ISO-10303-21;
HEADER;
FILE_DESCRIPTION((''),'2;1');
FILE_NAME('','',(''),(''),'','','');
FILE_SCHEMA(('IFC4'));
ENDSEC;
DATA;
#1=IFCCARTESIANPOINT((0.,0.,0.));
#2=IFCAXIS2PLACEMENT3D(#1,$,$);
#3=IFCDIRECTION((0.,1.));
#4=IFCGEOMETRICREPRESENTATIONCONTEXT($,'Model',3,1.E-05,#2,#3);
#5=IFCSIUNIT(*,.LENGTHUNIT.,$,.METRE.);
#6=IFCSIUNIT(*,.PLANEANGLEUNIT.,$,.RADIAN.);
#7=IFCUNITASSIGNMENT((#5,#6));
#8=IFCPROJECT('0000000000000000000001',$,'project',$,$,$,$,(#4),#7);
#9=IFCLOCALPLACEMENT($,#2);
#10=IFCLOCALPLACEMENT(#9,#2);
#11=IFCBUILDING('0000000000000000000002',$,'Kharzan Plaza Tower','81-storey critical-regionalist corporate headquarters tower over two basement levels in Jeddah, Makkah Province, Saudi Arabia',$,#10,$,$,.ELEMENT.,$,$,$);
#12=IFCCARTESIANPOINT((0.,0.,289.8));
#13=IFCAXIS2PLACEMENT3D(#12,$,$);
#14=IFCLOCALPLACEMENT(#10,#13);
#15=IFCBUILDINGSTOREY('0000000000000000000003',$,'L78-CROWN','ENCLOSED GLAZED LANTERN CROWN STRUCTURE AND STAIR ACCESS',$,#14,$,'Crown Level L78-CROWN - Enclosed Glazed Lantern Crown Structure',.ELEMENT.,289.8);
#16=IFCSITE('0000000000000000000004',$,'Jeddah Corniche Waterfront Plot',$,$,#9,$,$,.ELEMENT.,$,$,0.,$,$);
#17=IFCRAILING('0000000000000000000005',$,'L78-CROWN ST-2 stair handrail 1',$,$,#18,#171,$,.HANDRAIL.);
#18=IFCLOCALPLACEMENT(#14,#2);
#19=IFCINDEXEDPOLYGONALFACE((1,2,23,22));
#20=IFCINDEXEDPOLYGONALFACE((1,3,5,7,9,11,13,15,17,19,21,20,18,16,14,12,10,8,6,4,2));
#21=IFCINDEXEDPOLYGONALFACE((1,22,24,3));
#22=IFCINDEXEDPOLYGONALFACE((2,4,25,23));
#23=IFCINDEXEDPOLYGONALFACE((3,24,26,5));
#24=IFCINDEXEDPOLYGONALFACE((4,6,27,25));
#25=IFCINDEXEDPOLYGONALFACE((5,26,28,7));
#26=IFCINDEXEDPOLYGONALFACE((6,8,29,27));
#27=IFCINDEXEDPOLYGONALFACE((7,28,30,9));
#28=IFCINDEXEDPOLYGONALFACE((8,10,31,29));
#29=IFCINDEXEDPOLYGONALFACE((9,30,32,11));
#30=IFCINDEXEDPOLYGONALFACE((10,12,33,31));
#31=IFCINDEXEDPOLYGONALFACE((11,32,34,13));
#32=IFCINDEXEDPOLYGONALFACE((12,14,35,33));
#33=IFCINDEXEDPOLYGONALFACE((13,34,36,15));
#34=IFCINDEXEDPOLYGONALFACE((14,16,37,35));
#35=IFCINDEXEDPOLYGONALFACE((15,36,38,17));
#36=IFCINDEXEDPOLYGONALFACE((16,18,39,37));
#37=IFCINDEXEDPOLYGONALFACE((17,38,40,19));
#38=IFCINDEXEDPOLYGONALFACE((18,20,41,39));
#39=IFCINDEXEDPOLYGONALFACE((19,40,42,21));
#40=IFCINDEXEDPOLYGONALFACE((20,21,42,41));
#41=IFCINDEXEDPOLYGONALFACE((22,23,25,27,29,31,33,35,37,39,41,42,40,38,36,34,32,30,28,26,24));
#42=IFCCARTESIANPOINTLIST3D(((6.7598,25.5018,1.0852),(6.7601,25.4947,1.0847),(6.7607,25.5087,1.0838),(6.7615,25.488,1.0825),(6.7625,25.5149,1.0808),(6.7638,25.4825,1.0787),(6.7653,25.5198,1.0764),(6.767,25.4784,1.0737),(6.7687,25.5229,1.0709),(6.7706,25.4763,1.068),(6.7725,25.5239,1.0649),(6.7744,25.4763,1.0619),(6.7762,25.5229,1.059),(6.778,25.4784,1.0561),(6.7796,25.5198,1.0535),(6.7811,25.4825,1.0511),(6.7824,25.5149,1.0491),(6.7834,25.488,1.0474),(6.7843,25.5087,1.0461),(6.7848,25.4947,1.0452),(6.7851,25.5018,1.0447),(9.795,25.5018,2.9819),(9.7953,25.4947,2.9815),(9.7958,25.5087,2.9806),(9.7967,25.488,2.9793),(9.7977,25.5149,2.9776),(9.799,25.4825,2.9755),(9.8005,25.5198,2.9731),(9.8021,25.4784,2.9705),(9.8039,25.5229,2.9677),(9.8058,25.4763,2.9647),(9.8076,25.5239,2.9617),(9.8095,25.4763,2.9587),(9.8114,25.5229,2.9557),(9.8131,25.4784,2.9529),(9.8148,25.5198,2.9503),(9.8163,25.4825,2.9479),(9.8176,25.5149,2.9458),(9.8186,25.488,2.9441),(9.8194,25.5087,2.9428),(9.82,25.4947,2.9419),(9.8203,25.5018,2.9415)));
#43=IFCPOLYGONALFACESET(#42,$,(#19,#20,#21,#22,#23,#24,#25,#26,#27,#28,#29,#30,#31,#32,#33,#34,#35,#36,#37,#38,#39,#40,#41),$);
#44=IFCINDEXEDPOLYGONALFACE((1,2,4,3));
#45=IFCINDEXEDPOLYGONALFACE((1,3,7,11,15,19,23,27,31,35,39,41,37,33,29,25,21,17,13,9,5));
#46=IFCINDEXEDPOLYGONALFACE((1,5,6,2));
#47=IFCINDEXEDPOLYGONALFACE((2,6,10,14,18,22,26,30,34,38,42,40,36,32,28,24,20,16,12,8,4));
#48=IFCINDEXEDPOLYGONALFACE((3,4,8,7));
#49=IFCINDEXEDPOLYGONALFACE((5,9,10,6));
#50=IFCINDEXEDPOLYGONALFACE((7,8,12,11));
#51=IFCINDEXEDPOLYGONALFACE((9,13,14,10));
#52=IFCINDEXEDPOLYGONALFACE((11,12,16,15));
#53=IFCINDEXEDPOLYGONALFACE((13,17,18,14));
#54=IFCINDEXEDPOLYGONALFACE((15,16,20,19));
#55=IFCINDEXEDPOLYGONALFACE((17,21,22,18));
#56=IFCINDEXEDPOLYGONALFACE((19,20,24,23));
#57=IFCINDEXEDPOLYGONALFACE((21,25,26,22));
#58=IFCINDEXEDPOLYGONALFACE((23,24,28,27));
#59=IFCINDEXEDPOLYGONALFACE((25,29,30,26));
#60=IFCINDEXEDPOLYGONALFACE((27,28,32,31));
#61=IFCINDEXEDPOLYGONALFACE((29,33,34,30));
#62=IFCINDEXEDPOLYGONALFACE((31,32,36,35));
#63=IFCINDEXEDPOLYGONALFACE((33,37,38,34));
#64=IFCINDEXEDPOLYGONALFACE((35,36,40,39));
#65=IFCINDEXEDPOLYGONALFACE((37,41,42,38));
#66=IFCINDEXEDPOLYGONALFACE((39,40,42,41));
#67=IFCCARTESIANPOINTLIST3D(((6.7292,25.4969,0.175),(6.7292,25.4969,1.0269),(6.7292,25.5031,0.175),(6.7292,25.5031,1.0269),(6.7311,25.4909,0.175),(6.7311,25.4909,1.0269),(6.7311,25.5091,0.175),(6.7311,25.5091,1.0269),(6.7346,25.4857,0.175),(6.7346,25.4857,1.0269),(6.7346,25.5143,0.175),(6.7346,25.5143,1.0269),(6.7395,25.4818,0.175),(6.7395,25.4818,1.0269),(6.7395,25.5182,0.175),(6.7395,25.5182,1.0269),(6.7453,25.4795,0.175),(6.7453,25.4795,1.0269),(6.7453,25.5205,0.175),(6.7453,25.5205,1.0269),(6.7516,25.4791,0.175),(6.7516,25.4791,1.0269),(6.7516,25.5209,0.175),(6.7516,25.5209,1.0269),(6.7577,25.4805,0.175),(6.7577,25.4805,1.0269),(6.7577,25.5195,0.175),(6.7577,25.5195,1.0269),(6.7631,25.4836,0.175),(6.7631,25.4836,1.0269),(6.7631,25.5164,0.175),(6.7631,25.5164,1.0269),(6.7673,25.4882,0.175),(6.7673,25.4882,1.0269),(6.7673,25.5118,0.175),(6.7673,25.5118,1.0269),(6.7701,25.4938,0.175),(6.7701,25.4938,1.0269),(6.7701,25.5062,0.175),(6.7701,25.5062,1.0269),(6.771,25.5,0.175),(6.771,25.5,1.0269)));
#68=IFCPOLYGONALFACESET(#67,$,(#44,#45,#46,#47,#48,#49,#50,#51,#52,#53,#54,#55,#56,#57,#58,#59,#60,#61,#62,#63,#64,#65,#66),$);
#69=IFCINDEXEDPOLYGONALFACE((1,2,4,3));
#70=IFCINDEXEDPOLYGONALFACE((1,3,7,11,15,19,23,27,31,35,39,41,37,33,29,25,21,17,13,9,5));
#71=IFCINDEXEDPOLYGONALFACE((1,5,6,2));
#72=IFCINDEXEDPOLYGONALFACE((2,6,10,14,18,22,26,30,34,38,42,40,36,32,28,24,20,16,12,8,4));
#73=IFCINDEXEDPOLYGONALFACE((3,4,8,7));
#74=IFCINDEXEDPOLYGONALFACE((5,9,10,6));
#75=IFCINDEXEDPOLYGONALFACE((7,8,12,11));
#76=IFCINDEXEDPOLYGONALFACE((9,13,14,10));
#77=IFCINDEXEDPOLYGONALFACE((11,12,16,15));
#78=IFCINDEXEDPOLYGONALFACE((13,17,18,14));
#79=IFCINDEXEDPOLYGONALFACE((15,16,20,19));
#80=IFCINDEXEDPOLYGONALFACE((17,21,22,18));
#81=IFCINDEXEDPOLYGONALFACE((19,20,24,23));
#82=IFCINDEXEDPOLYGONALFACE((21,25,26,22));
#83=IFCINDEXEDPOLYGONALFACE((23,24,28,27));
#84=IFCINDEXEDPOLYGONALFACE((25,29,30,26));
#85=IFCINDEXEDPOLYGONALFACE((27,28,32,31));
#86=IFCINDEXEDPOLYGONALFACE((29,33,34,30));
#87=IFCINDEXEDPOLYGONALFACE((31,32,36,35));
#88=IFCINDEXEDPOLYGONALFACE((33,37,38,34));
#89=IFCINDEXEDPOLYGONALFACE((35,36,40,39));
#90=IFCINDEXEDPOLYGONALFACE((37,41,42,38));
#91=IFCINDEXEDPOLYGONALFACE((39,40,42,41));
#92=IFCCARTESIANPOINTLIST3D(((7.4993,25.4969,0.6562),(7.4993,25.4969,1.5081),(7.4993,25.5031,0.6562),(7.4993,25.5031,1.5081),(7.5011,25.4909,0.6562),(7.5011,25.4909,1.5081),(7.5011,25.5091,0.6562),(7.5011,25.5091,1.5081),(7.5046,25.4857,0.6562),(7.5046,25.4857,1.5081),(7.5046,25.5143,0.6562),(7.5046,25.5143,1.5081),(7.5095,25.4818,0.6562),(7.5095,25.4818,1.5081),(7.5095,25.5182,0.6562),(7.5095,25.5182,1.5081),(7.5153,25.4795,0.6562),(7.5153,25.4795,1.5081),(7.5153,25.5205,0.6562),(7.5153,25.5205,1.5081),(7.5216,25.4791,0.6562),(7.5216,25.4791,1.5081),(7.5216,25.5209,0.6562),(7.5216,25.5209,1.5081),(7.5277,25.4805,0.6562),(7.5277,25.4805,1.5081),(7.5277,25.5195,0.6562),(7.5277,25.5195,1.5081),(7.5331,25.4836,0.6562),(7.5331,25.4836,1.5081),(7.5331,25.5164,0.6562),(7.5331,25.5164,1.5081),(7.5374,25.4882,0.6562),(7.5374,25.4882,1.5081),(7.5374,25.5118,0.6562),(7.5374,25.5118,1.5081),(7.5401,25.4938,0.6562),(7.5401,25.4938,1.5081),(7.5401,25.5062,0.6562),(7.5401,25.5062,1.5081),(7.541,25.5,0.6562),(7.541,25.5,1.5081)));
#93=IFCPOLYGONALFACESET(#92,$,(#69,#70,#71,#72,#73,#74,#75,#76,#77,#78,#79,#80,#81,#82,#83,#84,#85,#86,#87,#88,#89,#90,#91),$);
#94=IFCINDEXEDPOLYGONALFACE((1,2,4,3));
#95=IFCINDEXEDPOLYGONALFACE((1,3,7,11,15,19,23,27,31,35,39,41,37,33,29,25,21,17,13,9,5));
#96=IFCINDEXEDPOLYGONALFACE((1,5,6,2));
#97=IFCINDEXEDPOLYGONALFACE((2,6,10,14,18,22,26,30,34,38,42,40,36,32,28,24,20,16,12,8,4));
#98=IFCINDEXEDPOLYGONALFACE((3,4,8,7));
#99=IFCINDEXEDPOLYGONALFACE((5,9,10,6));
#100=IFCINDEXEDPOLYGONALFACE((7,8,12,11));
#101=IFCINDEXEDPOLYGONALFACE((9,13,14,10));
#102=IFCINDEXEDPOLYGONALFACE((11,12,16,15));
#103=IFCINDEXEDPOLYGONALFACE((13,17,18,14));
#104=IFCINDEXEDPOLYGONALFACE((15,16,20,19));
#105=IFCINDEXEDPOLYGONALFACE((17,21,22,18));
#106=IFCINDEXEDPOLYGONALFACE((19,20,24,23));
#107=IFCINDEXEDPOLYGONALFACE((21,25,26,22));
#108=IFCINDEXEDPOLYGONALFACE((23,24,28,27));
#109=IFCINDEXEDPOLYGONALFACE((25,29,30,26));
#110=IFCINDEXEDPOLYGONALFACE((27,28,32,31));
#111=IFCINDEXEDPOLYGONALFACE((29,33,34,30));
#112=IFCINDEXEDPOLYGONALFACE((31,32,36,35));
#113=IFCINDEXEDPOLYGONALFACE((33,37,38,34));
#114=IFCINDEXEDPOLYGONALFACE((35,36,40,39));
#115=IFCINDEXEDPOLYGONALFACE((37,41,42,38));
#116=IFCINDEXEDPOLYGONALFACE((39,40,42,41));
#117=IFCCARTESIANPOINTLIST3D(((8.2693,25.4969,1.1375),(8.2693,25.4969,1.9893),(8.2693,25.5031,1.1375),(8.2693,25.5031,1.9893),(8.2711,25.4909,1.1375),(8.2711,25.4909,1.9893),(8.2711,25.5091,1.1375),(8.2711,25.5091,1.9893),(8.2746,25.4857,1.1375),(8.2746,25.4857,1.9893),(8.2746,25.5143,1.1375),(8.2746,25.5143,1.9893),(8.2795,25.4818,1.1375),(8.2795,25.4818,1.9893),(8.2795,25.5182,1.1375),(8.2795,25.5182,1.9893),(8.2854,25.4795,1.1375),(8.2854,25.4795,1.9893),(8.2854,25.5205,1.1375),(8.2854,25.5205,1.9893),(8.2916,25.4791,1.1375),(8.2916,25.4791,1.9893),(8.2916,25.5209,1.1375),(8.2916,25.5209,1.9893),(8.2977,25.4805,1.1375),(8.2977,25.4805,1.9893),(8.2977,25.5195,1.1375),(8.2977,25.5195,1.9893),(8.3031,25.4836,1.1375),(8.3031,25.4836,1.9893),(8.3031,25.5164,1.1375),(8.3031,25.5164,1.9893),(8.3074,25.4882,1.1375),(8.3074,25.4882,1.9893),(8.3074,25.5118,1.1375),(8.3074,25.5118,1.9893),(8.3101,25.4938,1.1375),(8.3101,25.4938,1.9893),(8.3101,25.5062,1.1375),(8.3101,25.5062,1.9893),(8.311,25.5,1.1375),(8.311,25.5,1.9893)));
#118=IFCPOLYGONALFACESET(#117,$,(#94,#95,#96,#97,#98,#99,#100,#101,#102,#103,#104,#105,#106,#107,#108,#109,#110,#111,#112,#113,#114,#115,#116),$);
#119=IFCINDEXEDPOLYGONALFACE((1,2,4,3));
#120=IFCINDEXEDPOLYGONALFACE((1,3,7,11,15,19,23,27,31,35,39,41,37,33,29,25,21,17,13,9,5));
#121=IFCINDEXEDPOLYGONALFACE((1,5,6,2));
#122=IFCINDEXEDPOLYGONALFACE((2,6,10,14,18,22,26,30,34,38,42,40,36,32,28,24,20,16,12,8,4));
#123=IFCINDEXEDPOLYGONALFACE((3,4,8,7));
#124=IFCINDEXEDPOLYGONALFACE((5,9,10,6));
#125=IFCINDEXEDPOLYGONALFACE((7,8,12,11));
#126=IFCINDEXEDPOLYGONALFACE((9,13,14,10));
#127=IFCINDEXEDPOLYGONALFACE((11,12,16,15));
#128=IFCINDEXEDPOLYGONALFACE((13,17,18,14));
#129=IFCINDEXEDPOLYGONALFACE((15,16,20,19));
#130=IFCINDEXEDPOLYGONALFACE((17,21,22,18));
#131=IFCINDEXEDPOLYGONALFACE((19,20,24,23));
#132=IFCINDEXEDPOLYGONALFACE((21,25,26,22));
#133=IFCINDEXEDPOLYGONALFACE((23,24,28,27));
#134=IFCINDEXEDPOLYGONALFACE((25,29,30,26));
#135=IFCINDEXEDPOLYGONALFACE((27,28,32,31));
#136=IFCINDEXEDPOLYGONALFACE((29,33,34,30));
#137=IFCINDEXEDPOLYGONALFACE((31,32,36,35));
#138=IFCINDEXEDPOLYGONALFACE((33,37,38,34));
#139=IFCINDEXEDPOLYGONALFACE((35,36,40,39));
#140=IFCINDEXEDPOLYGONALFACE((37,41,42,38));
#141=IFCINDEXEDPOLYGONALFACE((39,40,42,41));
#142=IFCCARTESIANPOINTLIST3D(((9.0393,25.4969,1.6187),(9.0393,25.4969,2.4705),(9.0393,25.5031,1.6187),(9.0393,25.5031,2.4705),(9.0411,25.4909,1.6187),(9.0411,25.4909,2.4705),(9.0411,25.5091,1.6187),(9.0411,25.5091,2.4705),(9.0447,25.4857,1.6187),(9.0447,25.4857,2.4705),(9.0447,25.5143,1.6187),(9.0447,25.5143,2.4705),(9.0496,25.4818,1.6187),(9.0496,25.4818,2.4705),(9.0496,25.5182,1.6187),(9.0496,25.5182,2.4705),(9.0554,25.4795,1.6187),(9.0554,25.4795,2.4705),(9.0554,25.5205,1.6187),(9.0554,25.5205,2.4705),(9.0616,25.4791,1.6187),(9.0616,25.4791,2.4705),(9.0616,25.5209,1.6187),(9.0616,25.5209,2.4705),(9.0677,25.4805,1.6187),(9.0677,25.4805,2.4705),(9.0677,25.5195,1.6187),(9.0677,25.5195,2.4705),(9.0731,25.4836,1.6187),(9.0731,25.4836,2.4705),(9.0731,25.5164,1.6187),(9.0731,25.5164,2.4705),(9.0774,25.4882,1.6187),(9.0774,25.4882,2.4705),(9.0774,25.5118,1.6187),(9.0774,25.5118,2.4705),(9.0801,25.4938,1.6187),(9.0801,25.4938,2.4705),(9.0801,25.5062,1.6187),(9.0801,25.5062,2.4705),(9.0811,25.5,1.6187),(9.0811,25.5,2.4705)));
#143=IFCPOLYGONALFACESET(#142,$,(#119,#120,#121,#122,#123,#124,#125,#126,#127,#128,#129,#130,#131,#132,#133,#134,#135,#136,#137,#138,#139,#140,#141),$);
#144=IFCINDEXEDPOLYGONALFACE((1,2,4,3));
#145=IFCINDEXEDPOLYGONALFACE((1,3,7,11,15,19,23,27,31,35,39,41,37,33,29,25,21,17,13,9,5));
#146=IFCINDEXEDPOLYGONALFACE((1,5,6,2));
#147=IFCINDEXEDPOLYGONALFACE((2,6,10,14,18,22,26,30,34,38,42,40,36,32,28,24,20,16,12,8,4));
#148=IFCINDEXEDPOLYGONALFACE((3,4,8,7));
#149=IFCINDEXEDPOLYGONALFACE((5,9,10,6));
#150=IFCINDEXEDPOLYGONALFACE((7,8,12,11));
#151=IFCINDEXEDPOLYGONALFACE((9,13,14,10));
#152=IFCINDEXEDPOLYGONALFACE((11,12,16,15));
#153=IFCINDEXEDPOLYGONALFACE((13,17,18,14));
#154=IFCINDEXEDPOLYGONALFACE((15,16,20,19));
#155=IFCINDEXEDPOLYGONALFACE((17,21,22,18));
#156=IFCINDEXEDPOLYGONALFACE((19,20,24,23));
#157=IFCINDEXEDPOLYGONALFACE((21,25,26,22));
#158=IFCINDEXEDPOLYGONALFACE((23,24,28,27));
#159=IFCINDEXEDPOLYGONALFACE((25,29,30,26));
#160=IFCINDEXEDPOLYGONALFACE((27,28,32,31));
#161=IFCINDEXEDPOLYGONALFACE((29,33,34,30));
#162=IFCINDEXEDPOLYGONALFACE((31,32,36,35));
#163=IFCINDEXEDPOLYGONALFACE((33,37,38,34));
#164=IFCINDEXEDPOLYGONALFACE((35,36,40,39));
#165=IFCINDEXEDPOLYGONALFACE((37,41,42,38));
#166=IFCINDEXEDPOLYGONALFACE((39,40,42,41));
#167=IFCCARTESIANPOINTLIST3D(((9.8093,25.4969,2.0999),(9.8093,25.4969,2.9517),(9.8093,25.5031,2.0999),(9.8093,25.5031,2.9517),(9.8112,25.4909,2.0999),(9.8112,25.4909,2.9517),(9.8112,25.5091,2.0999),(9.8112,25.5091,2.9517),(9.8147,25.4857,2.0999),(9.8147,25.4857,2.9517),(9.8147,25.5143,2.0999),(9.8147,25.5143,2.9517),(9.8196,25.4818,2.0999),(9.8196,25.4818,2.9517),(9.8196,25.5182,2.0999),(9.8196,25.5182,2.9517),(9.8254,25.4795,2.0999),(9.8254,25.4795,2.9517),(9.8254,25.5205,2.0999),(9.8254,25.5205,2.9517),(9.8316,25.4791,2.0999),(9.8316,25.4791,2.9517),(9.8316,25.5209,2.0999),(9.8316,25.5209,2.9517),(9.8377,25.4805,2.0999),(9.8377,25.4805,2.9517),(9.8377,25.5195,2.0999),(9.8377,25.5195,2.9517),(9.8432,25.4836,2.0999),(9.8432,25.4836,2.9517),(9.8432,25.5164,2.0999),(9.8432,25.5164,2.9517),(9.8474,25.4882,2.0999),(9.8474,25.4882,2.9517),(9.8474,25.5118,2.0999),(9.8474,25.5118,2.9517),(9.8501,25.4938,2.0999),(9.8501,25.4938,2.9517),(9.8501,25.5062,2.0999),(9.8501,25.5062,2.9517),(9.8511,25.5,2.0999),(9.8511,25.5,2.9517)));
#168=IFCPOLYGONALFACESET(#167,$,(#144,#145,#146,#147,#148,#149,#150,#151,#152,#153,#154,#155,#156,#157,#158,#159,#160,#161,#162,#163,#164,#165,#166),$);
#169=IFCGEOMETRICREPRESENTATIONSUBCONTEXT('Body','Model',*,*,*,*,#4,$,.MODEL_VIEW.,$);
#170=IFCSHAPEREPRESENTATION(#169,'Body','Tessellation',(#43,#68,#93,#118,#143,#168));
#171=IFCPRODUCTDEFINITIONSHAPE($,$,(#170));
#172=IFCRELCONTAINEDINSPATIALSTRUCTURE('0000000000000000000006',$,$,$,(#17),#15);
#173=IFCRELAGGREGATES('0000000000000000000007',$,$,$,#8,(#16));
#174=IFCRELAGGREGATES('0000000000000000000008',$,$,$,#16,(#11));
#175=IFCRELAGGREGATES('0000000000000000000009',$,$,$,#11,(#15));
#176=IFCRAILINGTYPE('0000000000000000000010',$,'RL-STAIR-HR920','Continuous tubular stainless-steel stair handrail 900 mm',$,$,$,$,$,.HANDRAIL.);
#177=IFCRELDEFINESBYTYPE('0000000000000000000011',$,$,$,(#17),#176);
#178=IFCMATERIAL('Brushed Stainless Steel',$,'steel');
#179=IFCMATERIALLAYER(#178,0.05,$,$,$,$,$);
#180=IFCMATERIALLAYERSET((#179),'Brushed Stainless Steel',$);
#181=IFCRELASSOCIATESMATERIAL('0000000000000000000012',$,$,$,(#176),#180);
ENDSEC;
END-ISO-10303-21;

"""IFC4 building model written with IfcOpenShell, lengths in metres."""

from ifc_helpers import new_model, si_unit, direction, frame, origin, origin_2d, place, context, subcontext, project, spatial, circle, extrude, source, transform, mapped, material, layer, layer_set, type_object, element, save


model = new_model("IFC4")

# Units and contexts
model_context = context("Model", 3, precision=1e-05, world=origin(), true_north=direction((0.0, 1.0)))
body_context = subcontext(model_context, "Body", "Model", "MODEL_VIEW")
ifc_project = project(units=[si_unit("LENGTHUNIT", "METRE"), si_unit("PLANEANGLEUNIT", "RADIAN")], contexts=[model_context])

# Site, building, storey
site_placement = place(None, origin())
site = spatial("IfcSite", under=ifc_project, at=site_placement, Name="Jeddah Corniche Waterfront Plot", CompositionType="ELEMENT", RefElevation=0.0)
building_placement = place(site_placement, origin())
building = spatial("IfcBuilding", under=site, at=building_placement, Name="Kharzan Plaza Tower", Description="81-storey critical-regionalist corporate headquarters tower over two basement levels in Jeddah, Makkah Province, Saudi Arabia", CompositionType="ELEMENT")
storey_placement = place(building_placement, frame((0.0, 0.0, 289.8)))
storey = spatial("IfcBuildingStorey", under=building, at=storey_placement, Name="L78-CROWN", Description="ENCLOSED GLAZED LANTERN CROWN STRUCTURE AND STAIR ACCESS", LongName="Crown Level L78-CROWN - Enclosed Glazed Lantern Crown Structure", CompositionType="ELEMENT", Elevation=289.8)

# Shared definitions
ifc_material_1 = material(Name="Brushed Stainless Steel", Category="steel")

# Railing
ifc_layer_1 = layer(ifc_material_1, 0.05)
ifc_layer_set_1 = layer_set([ifc_layer_1], Name="Brushed Stainless Steel")
railing_type_1 = type_object("IfcRailingType", Name="RL-STAIR-HR920", Description="Continuous tubular stainless-steel stair handrail 900 mm", PredefinedType="HANDRAIL", material=ifc_layer_set_1)
shared_shape_1 = source(origin(), body_context, "Body", "SweptSolid", [
    extrude(circle(Radius=0.0239, at=origin_2d()), frame((0.0225, 0.0, 0.8899), z_axis=(0.848029, 0.0, 0.529951), x_axis=(0.0, 1.0, 0.0)), (0.0, 0.0, 1.0), 3.5791),
    extrude(circle(Radius=0.021, at=origin_2d()), origin(), (0.0, 0.0, 1.0), 0.8518),
    extrude(circle(Radius=0.021, at=origin_2d()), frame((0.77, 0.0, 0.4812)), (0.0, 0.0, 1.0), 0.8518),
    extrude(circle(Radius=0.021, at=origin_2d()), frame((1.54, 0.0, 0.9624)), (0.0, 0.0, 1.0), 0.8518),
    extrude(circle(Radius=0.021, at=origin_2d()), frame((2.3101, 0.0, 1.4436)), (0.0, 0.0, 1.0), 0.8518),
    extrude(circle(Radius=0.021, at=origin_2d()), frame((3.0801, 0.0, 1.9248)), (0.0, 0.0, 1.0), 0.8518),
])
railing_1_placement = place(storey_placement, frame((6.75, 25.5, 0.175)))
element("IfcRailing", 1, at=railing_1_placement, inside=storey, type_object=railing_type_1, Name="L78-CROWN ST-2 stair handrail 1", PredefinedType="HANDRAIL", context=body_context, shape_type="MappedRepresentation", body=[
    mapped(shared_shape_1, transform((0.0, 0.0, 0.0), x_axis=(1.0, 0.0, 0.0), y_axis=(0.0, 1.0, 0.0), z_axis=(0.0, 0.0, 1.0))),
])

save(model, "model.ifc")
